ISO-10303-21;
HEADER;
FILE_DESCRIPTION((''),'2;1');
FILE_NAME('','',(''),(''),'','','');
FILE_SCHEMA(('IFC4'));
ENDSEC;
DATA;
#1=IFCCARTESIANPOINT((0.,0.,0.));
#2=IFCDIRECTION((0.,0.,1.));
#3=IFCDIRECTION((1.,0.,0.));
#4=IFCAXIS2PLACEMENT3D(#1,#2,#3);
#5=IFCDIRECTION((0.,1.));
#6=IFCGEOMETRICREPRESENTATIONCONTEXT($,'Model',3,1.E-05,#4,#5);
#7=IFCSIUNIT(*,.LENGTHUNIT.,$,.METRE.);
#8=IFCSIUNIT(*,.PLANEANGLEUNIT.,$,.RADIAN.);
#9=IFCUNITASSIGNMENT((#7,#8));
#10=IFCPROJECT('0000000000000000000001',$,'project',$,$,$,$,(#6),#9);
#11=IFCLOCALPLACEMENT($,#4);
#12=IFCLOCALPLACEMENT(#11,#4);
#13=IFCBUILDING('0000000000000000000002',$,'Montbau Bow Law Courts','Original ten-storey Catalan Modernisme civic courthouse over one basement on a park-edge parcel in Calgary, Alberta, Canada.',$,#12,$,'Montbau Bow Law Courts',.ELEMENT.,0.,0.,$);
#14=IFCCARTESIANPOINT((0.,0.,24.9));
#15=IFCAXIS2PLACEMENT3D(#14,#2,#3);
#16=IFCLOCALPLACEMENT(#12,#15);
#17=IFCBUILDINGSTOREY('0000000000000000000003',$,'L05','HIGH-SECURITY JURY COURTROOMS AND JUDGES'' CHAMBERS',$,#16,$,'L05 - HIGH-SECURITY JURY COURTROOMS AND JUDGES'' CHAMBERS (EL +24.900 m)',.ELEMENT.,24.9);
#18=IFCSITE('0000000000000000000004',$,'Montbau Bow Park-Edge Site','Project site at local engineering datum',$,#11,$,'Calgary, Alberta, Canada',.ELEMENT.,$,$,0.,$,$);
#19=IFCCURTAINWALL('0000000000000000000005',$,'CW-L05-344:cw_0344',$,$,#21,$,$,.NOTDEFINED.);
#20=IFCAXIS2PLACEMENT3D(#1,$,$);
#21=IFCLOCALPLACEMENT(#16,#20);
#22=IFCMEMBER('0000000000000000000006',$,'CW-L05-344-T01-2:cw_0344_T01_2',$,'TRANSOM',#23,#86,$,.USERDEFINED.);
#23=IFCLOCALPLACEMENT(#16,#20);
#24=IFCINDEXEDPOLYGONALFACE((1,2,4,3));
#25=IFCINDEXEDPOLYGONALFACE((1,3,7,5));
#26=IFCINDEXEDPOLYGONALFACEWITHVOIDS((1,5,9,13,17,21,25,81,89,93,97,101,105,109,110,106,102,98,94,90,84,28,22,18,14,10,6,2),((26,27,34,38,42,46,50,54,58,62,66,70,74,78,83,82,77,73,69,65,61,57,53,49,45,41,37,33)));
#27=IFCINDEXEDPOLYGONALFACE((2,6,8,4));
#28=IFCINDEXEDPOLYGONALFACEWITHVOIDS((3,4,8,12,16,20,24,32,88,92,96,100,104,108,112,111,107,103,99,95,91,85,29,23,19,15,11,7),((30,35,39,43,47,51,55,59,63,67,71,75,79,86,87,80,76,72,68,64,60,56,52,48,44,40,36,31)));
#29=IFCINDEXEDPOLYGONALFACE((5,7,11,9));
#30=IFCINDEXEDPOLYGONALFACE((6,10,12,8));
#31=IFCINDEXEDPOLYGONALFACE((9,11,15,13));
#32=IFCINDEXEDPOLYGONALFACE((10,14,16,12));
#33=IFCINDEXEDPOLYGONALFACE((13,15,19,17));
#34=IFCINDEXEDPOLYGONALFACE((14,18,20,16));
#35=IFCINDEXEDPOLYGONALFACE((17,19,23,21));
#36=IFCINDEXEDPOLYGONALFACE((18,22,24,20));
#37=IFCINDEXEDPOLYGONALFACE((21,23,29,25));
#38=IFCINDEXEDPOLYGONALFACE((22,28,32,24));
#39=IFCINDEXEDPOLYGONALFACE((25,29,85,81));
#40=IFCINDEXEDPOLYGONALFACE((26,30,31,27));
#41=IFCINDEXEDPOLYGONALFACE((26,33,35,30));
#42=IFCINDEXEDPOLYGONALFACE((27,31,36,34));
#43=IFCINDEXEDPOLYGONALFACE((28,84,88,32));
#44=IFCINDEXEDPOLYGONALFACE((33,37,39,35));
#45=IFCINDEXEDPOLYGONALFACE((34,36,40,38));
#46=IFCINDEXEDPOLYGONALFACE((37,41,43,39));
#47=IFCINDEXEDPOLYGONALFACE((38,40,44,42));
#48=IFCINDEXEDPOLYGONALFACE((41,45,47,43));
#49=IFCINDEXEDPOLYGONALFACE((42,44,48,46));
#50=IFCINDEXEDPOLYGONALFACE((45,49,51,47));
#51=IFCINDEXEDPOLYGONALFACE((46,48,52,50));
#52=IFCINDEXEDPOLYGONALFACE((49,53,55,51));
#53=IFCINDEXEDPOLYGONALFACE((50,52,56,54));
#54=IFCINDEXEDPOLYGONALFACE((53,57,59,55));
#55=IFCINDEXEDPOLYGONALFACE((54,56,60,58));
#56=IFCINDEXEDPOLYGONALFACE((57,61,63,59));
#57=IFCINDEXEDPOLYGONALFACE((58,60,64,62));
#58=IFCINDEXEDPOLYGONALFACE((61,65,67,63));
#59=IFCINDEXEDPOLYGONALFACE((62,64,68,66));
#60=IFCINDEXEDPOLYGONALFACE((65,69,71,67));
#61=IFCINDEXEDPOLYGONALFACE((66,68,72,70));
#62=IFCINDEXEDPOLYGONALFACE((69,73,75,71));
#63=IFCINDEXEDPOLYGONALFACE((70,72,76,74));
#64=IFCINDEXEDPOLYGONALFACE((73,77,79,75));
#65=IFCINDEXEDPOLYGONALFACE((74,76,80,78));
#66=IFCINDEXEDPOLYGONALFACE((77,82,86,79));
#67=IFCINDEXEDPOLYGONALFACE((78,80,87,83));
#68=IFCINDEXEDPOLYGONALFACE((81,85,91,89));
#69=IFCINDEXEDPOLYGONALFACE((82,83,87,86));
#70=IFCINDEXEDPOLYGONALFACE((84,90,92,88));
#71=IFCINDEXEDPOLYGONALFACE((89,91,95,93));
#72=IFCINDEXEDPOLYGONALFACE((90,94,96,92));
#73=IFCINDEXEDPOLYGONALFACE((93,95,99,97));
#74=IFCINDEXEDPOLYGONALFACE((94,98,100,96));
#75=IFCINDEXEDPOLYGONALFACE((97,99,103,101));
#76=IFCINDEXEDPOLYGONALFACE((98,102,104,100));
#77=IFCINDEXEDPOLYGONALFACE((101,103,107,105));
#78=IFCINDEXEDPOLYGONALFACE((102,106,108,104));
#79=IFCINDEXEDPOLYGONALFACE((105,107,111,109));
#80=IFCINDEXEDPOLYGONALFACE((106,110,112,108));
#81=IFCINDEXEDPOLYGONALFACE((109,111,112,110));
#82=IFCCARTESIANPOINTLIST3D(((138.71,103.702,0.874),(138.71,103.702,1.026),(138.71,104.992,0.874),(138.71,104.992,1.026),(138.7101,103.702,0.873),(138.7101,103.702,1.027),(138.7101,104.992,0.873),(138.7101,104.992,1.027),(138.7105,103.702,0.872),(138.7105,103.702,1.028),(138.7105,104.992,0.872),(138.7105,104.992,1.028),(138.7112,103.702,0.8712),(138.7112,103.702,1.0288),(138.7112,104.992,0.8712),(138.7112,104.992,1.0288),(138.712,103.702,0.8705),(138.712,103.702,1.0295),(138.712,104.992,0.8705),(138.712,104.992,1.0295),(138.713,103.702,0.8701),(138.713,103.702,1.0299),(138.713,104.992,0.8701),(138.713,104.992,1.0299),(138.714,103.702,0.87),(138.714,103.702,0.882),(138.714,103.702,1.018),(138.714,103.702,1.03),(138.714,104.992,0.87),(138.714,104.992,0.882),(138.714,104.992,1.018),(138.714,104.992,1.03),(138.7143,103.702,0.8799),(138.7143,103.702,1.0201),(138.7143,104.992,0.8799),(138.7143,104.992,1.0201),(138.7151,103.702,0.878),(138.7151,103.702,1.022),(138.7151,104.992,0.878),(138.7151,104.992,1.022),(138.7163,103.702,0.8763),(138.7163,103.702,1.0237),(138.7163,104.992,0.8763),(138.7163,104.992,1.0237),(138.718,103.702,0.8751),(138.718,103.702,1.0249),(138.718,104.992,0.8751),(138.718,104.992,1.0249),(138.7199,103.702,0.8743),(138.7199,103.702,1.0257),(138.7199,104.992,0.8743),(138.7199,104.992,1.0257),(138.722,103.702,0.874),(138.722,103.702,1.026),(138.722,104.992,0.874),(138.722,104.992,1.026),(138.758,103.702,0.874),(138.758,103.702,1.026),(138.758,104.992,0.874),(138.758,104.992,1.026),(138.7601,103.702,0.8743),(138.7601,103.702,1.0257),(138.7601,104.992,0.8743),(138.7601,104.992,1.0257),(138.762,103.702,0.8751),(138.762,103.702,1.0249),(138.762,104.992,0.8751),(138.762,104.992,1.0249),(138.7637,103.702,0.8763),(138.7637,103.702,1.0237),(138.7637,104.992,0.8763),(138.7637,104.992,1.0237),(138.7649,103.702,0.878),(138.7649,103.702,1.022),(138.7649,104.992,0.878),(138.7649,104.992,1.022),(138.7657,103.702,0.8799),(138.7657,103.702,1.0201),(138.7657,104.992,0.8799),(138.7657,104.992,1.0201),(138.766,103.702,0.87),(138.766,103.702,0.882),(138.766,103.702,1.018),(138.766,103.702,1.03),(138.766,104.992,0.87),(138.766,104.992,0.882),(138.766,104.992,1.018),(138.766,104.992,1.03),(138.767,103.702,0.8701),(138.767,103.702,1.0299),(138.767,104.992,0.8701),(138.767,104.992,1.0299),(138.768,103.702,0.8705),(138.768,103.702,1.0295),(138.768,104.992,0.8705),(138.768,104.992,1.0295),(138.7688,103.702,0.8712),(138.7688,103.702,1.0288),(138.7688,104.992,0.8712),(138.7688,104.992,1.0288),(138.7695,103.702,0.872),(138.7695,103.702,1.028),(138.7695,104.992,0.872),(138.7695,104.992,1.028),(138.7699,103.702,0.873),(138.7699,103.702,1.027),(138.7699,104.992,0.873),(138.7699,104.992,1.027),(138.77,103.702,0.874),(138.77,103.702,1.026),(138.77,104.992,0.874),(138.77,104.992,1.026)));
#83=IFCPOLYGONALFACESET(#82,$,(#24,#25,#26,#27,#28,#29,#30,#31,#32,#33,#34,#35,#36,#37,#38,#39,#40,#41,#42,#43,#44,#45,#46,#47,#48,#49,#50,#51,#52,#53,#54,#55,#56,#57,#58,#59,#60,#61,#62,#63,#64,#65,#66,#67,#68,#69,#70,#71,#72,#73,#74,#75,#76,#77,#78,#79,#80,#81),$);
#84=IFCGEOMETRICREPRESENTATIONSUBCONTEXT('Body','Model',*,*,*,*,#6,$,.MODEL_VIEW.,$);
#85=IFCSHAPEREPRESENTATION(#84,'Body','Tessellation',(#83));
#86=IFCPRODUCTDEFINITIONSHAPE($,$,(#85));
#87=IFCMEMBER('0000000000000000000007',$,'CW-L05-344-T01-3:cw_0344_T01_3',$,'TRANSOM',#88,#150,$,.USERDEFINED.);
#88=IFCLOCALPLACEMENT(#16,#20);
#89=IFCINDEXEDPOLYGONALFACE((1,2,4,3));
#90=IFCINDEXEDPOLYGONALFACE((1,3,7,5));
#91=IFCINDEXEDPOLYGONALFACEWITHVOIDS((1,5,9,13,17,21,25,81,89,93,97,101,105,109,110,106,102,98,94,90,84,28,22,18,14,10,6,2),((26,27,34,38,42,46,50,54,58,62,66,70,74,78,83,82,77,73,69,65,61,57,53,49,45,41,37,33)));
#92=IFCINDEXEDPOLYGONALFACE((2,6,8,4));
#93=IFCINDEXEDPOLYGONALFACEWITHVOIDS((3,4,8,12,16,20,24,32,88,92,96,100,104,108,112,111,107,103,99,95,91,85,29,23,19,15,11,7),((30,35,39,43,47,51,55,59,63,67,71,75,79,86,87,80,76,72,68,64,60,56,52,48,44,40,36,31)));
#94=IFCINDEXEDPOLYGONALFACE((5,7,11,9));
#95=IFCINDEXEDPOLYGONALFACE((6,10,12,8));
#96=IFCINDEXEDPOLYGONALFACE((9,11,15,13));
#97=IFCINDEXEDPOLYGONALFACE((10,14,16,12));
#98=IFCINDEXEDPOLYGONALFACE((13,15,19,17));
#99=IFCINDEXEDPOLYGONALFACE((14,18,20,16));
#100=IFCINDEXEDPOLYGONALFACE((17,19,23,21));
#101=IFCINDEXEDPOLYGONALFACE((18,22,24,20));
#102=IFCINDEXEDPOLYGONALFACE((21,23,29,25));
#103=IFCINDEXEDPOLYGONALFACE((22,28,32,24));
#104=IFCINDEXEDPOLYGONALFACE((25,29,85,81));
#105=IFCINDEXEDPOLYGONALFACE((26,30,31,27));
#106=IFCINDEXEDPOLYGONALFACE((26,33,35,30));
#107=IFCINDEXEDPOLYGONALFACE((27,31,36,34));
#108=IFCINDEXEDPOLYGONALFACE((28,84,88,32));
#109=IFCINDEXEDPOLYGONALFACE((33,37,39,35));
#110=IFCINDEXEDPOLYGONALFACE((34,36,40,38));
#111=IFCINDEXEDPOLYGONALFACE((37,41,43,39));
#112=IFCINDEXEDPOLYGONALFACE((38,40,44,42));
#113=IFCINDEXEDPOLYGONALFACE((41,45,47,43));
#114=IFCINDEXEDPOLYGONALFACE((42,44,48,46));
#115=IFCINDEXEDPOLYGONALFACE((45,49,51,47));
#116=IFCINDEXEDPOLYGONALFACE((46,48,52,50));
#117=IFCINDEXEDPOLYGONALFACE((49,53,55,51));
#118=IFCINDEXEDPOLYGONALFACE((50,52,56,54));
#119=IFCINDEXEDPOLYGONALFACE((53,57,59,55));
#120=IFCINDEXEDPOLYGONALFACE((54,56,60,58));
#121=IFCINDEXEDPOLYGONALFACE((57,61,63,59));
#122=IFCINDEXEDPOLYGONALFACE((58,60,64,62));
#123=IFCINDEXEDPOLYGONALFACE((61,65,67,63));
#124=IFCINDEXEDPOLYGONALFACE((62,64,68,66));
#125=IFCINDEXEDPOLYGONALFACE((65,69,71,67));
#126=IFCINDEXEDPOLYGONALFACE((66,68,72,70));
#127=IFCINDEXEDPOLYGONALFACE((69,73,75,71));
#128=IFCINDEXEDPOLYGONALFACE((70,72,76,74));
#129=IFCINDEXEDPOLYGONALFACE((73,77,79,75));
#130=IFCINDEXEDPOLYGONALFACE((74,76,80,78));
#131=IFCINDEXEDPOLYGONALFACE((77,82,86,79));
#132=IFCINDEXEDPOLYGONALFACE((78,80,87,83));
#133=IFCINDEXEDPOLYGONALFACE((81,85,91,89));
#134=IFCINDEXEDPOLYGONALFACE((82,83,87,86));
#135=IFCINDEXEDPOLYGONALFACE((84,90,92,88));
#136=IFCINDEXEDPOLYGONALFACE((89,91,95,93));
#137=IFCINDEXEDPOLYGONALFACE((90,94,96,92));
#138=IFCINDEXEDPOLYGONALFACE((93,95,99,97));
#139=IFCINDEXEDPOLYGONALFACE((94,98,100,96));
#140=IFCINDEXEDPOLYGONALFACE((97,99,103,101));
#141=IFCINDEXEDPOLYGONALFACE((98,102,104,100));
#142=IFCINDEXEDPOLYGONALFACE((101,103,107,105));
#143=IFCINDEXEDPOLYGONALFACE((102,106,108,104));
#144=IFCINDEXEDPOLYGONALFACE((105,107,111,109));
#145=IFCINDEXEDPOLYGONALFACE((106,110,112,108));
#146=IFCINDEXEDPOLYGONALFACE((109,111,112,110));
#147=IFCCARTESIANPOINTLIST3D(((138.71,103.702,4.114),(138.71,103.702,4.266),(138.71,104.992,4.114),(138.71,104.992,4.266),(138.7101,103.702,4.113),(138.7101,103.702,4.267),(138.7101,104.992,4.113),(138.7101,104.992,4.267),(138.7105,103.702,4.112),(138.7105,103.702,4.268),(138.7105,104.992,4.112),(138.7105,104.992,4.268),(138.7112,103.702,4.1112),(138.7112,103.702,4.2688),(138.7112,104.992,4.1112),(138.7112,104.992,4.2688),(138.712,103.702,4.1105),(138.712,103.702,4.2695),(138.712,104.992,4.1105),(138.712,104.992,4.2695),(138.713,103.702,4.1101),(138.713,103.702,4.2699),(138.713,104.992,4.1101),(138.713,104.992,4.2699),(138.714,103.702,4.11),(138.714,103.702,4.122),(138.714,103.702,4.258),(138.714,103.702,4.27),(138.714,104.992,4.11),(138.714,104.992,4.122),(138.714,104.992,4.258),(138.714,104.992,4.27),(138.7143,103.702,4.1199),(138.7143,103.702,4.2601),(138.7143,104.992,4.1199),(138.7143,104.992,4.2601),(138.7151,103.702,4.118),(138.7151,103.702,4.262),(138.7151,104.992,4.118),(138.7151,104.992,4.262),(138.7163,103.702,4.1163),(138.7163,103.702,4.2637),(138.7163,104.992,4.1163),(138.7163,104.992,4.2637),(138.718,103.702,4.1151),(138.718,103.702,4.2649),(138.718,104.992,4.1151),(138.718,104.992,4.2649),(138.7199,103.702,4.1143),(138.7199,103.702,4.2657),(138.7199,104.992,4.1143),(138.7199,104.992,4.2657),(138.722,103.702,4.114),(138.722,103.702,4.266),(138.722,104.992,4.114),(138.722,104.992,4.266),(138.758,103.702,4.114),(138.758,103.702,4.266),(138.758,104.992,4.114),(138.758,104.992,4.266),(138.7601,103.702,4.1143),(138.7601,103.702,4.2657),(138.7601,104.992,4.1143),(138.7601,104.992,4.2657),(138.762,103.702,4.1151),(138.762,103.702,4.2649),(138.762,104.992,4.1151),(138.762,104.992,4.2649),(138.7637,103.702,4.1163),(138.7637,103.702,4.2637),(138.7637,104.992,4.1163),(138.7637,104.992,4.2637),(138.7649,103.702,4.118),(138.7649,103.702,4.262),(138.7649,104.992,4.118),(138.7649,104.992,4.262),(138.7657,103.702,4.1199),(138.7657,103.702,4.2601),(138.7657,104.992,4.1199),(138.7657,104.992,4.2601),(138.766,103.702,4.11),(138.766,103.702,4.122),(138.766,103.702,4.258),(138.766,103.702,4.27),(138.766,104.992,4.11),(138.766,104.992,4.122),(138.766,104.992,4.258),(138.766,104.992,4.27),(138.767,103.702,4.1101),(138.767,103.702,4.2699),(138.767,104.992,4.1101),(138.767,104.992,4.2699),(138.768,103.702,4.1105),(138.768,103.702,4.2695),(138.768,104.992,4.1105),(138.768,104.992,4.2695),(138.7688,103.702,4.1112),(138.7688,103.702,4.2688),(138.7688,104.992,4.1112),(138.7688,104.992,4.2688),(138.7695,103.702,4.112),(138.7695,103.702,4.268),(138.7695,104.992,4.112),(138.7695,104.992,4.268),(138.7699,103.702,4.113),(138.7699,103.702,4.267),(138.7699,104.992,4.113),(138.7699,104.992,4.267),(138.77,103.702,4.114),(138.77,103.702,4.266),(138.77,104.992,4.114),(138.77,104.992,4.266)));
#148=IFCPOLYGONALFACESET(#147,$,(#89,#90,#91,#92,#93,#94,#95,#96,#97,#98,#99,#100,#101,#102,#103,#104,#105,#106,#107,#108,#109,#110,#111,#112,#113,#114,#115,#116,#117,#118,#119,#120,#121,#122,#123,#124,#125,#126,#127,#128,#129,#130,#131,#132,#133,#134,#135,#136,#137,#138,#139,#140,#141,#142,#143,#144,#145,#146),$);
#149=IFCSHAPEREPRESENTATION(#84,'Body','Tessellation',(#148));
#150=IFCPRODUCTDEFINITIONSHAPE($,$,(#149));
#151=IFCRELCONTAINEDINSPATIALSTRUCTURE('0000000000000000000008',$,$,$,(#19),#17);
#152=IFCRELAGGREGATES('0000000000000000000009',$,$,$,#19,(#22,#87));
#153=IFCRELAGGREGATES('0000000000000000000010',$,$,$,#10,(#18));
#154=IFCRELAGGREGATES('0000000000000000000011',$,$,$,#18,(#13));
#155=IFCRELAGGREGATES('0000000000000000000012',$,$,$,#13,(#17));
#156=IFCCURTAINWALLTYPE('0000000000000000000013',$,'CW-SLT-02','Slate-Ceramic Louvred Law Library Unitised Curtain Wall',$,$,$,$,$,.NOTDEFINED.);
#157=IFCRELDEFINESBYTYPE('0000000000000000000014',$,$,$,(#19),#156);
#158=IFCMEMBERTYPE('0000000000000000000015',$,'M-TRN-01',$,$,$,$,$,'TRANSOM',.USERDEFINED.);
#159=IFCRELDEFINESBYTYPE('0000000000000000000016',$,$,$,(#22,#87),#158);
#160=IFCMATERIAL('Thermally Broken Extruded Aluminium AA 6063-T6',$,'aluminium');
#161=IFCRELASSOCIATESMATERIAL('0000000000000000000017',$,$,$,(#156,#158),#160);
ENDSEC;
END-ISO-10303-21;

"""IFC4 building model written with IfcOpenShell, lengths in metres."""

from ifc_helpers import new_model, si_unit, direction, frame, origin_with_axes, origin_2d_with_axis, place, context, subcontext, project, spatial, hollow_rectangle, extrude, material, material_profile, profile_set, type_object, element, aggregate, save


model = new_model("IFC4")

# Units and contexts
model_context = context("Model", 3, precision=1e-05, world=origin_with_axes(), true_north=direction((0.0, 1.0)))
body_context = subcontext(model_context, "Body", "Model", "MODEL_VIEW")
ifc_project = project(units=[si_unit("LENGTHUNIT", "METRE"), si_unit("PLANEANGLEUNIT", "RADIAN")], contexts=[model_context])

# Site, building, storey
site_placement = place(None, origin_with_axes())
site = spatial("IfcSite", under=ifc_project, at=site_placement, Name="Montbau Bow Park-Edge Site", Description="Project site at local engineering datum", LongName="Calgary, Alberta, Canada", CompositionType="ELEMENT", RefElevation=0.0)
building_placement = place(site_placement, origin_with_axes())
building = spatial("IfcBuilding", under=site, at=building_placement, Name="Montbau Bow Law Courts", Description="Original ten-storey Catalan Modernisme civic courthouse over one basement on a park-edge parcel in Calgary, Alberta, Canada.", LongName="Montbau Bow Law Courts", CompositionType="ELEMENT", ElevationOfRefHeight=0.0, ElevationOfTerrain=0.0)
storey_placement = place(building_placement, frame((0.0, 0.0, 24.9), z_axis=(0.0, 0.0, 1.0), x_axis=(1.0, 0.0, 0.0)))
storey = spatial("IfcBuildingStorey", under=building, at=storey_placement, Name="L05", Description="HIGH-SECURITY JURY COURTROOMS AND JUDGES' CHAMBERS", LongName="L05 - HIGH-SECURITY JURY COURTROOMS AND JUDGES' CHAMBERS (EL +24.900 m)", CompositionType="ELEMENT", Elevation=24.9)

# Curtain wall, members
ifc_material_1 = material(Name="Thermally Broken Extruded Aluminium AA 6063-T6", Category="aluminium")
curtain_wall_type = type_object("IfcCurtainWallType", Name="CW-SLT-02", Description="Slate-Ceramic Louvred Law Library Unitised Curtain Wall", PredefinedType="NOTDEFINED", material=ifc_material_1)
curtain_wall_placement = place(None, frame((138.74, 103.64, 24.9), z_axis=(0.0, 0.0, 1.0), x_axis=(1.0, 0.0, 0.0)))
curtain_wall = element("IfcCurtainWall", 1, at=curtain_wall_placement, inside=storey, type_object=curtain_wall_type, Name="CW-L05-344:cw_0344", PredefinedType="NOTDEFINED")
ifc_material_profile_1 = material_profile(ifc_material_1, hollow_rectangle(XDim=0.06, YDim=0.16, WallThickness=0.004, InnerFilletRadius=0.008, OuterFilletRadius=0.004, at=origin_2d_with_axis()), Name="CWT-160X60", Category="Main", Priority=0)
ifc_profile_set_1 = profile_set([ifc_material_profile_1], Name="Thermally Broken Extruded Aluminium AA 6063-T6")
member_type_1 = type_object("IfcMemberType", Name="M-TRN-01", ElementType="TRANSOM", PredefinedType="USERDEFINED", material=ifc_profile_set_1)
member_1_placement = place(None, frame((138.74, 103.702, 25.85), z_axis=(0.0, 1.0, 0.0), x_axis=(-1.0, 0.0, 0.0)))
member_1 = element("IfcMember", 2, at=member_1_placement, type_object=member_type_1, Name="CW-L05-344-T01-2:cw_0344_T01_2", ObjectType="TRANSOM", PredefinedType="USERDEFINED", context=body_context, shape_type="SweptSolid", body=[
    extrude(hollow_rectangle(XDim=0.06, YDim=0.16, WallThickness=0.004, InnerFilletRadius=0.008, OuterFilletRadius=0.004, at=origin_2d_with_axis()), origin_with_axes(), (0.0, 0.0, 1.0), 1.29),
])
member_2_placement = place(None, frame((138.74, 103.702, 29.09), z_axis=(0.0, 1.0, 0.0), x_axis=(-1.0, 0.0, 0.0)))
member_2 = element("IfcMember", 3, at=member_2_placement, type_object=member_type_1, Name="CW-L05-344-T01-3:cw_0344_T01_3", ObjectType="TRANSOM", PredefinedType="USERDEFINED", context=body_context, shape_type="SweptSolid", body=[
    extrude(hollow_rectangle(XDim=0.06, YDim=0.16, WallThickness=0.004, InnerFilletRadius=0.008, OuterFilletRadius=0.004, at=origin_2d_with_axis()), origin_with_axes(), (0.0, 0.0, 1.0), 1.29),
])
aggregate(curtain_wall, [member_1, member_2])

save(model, "model.ifc")
